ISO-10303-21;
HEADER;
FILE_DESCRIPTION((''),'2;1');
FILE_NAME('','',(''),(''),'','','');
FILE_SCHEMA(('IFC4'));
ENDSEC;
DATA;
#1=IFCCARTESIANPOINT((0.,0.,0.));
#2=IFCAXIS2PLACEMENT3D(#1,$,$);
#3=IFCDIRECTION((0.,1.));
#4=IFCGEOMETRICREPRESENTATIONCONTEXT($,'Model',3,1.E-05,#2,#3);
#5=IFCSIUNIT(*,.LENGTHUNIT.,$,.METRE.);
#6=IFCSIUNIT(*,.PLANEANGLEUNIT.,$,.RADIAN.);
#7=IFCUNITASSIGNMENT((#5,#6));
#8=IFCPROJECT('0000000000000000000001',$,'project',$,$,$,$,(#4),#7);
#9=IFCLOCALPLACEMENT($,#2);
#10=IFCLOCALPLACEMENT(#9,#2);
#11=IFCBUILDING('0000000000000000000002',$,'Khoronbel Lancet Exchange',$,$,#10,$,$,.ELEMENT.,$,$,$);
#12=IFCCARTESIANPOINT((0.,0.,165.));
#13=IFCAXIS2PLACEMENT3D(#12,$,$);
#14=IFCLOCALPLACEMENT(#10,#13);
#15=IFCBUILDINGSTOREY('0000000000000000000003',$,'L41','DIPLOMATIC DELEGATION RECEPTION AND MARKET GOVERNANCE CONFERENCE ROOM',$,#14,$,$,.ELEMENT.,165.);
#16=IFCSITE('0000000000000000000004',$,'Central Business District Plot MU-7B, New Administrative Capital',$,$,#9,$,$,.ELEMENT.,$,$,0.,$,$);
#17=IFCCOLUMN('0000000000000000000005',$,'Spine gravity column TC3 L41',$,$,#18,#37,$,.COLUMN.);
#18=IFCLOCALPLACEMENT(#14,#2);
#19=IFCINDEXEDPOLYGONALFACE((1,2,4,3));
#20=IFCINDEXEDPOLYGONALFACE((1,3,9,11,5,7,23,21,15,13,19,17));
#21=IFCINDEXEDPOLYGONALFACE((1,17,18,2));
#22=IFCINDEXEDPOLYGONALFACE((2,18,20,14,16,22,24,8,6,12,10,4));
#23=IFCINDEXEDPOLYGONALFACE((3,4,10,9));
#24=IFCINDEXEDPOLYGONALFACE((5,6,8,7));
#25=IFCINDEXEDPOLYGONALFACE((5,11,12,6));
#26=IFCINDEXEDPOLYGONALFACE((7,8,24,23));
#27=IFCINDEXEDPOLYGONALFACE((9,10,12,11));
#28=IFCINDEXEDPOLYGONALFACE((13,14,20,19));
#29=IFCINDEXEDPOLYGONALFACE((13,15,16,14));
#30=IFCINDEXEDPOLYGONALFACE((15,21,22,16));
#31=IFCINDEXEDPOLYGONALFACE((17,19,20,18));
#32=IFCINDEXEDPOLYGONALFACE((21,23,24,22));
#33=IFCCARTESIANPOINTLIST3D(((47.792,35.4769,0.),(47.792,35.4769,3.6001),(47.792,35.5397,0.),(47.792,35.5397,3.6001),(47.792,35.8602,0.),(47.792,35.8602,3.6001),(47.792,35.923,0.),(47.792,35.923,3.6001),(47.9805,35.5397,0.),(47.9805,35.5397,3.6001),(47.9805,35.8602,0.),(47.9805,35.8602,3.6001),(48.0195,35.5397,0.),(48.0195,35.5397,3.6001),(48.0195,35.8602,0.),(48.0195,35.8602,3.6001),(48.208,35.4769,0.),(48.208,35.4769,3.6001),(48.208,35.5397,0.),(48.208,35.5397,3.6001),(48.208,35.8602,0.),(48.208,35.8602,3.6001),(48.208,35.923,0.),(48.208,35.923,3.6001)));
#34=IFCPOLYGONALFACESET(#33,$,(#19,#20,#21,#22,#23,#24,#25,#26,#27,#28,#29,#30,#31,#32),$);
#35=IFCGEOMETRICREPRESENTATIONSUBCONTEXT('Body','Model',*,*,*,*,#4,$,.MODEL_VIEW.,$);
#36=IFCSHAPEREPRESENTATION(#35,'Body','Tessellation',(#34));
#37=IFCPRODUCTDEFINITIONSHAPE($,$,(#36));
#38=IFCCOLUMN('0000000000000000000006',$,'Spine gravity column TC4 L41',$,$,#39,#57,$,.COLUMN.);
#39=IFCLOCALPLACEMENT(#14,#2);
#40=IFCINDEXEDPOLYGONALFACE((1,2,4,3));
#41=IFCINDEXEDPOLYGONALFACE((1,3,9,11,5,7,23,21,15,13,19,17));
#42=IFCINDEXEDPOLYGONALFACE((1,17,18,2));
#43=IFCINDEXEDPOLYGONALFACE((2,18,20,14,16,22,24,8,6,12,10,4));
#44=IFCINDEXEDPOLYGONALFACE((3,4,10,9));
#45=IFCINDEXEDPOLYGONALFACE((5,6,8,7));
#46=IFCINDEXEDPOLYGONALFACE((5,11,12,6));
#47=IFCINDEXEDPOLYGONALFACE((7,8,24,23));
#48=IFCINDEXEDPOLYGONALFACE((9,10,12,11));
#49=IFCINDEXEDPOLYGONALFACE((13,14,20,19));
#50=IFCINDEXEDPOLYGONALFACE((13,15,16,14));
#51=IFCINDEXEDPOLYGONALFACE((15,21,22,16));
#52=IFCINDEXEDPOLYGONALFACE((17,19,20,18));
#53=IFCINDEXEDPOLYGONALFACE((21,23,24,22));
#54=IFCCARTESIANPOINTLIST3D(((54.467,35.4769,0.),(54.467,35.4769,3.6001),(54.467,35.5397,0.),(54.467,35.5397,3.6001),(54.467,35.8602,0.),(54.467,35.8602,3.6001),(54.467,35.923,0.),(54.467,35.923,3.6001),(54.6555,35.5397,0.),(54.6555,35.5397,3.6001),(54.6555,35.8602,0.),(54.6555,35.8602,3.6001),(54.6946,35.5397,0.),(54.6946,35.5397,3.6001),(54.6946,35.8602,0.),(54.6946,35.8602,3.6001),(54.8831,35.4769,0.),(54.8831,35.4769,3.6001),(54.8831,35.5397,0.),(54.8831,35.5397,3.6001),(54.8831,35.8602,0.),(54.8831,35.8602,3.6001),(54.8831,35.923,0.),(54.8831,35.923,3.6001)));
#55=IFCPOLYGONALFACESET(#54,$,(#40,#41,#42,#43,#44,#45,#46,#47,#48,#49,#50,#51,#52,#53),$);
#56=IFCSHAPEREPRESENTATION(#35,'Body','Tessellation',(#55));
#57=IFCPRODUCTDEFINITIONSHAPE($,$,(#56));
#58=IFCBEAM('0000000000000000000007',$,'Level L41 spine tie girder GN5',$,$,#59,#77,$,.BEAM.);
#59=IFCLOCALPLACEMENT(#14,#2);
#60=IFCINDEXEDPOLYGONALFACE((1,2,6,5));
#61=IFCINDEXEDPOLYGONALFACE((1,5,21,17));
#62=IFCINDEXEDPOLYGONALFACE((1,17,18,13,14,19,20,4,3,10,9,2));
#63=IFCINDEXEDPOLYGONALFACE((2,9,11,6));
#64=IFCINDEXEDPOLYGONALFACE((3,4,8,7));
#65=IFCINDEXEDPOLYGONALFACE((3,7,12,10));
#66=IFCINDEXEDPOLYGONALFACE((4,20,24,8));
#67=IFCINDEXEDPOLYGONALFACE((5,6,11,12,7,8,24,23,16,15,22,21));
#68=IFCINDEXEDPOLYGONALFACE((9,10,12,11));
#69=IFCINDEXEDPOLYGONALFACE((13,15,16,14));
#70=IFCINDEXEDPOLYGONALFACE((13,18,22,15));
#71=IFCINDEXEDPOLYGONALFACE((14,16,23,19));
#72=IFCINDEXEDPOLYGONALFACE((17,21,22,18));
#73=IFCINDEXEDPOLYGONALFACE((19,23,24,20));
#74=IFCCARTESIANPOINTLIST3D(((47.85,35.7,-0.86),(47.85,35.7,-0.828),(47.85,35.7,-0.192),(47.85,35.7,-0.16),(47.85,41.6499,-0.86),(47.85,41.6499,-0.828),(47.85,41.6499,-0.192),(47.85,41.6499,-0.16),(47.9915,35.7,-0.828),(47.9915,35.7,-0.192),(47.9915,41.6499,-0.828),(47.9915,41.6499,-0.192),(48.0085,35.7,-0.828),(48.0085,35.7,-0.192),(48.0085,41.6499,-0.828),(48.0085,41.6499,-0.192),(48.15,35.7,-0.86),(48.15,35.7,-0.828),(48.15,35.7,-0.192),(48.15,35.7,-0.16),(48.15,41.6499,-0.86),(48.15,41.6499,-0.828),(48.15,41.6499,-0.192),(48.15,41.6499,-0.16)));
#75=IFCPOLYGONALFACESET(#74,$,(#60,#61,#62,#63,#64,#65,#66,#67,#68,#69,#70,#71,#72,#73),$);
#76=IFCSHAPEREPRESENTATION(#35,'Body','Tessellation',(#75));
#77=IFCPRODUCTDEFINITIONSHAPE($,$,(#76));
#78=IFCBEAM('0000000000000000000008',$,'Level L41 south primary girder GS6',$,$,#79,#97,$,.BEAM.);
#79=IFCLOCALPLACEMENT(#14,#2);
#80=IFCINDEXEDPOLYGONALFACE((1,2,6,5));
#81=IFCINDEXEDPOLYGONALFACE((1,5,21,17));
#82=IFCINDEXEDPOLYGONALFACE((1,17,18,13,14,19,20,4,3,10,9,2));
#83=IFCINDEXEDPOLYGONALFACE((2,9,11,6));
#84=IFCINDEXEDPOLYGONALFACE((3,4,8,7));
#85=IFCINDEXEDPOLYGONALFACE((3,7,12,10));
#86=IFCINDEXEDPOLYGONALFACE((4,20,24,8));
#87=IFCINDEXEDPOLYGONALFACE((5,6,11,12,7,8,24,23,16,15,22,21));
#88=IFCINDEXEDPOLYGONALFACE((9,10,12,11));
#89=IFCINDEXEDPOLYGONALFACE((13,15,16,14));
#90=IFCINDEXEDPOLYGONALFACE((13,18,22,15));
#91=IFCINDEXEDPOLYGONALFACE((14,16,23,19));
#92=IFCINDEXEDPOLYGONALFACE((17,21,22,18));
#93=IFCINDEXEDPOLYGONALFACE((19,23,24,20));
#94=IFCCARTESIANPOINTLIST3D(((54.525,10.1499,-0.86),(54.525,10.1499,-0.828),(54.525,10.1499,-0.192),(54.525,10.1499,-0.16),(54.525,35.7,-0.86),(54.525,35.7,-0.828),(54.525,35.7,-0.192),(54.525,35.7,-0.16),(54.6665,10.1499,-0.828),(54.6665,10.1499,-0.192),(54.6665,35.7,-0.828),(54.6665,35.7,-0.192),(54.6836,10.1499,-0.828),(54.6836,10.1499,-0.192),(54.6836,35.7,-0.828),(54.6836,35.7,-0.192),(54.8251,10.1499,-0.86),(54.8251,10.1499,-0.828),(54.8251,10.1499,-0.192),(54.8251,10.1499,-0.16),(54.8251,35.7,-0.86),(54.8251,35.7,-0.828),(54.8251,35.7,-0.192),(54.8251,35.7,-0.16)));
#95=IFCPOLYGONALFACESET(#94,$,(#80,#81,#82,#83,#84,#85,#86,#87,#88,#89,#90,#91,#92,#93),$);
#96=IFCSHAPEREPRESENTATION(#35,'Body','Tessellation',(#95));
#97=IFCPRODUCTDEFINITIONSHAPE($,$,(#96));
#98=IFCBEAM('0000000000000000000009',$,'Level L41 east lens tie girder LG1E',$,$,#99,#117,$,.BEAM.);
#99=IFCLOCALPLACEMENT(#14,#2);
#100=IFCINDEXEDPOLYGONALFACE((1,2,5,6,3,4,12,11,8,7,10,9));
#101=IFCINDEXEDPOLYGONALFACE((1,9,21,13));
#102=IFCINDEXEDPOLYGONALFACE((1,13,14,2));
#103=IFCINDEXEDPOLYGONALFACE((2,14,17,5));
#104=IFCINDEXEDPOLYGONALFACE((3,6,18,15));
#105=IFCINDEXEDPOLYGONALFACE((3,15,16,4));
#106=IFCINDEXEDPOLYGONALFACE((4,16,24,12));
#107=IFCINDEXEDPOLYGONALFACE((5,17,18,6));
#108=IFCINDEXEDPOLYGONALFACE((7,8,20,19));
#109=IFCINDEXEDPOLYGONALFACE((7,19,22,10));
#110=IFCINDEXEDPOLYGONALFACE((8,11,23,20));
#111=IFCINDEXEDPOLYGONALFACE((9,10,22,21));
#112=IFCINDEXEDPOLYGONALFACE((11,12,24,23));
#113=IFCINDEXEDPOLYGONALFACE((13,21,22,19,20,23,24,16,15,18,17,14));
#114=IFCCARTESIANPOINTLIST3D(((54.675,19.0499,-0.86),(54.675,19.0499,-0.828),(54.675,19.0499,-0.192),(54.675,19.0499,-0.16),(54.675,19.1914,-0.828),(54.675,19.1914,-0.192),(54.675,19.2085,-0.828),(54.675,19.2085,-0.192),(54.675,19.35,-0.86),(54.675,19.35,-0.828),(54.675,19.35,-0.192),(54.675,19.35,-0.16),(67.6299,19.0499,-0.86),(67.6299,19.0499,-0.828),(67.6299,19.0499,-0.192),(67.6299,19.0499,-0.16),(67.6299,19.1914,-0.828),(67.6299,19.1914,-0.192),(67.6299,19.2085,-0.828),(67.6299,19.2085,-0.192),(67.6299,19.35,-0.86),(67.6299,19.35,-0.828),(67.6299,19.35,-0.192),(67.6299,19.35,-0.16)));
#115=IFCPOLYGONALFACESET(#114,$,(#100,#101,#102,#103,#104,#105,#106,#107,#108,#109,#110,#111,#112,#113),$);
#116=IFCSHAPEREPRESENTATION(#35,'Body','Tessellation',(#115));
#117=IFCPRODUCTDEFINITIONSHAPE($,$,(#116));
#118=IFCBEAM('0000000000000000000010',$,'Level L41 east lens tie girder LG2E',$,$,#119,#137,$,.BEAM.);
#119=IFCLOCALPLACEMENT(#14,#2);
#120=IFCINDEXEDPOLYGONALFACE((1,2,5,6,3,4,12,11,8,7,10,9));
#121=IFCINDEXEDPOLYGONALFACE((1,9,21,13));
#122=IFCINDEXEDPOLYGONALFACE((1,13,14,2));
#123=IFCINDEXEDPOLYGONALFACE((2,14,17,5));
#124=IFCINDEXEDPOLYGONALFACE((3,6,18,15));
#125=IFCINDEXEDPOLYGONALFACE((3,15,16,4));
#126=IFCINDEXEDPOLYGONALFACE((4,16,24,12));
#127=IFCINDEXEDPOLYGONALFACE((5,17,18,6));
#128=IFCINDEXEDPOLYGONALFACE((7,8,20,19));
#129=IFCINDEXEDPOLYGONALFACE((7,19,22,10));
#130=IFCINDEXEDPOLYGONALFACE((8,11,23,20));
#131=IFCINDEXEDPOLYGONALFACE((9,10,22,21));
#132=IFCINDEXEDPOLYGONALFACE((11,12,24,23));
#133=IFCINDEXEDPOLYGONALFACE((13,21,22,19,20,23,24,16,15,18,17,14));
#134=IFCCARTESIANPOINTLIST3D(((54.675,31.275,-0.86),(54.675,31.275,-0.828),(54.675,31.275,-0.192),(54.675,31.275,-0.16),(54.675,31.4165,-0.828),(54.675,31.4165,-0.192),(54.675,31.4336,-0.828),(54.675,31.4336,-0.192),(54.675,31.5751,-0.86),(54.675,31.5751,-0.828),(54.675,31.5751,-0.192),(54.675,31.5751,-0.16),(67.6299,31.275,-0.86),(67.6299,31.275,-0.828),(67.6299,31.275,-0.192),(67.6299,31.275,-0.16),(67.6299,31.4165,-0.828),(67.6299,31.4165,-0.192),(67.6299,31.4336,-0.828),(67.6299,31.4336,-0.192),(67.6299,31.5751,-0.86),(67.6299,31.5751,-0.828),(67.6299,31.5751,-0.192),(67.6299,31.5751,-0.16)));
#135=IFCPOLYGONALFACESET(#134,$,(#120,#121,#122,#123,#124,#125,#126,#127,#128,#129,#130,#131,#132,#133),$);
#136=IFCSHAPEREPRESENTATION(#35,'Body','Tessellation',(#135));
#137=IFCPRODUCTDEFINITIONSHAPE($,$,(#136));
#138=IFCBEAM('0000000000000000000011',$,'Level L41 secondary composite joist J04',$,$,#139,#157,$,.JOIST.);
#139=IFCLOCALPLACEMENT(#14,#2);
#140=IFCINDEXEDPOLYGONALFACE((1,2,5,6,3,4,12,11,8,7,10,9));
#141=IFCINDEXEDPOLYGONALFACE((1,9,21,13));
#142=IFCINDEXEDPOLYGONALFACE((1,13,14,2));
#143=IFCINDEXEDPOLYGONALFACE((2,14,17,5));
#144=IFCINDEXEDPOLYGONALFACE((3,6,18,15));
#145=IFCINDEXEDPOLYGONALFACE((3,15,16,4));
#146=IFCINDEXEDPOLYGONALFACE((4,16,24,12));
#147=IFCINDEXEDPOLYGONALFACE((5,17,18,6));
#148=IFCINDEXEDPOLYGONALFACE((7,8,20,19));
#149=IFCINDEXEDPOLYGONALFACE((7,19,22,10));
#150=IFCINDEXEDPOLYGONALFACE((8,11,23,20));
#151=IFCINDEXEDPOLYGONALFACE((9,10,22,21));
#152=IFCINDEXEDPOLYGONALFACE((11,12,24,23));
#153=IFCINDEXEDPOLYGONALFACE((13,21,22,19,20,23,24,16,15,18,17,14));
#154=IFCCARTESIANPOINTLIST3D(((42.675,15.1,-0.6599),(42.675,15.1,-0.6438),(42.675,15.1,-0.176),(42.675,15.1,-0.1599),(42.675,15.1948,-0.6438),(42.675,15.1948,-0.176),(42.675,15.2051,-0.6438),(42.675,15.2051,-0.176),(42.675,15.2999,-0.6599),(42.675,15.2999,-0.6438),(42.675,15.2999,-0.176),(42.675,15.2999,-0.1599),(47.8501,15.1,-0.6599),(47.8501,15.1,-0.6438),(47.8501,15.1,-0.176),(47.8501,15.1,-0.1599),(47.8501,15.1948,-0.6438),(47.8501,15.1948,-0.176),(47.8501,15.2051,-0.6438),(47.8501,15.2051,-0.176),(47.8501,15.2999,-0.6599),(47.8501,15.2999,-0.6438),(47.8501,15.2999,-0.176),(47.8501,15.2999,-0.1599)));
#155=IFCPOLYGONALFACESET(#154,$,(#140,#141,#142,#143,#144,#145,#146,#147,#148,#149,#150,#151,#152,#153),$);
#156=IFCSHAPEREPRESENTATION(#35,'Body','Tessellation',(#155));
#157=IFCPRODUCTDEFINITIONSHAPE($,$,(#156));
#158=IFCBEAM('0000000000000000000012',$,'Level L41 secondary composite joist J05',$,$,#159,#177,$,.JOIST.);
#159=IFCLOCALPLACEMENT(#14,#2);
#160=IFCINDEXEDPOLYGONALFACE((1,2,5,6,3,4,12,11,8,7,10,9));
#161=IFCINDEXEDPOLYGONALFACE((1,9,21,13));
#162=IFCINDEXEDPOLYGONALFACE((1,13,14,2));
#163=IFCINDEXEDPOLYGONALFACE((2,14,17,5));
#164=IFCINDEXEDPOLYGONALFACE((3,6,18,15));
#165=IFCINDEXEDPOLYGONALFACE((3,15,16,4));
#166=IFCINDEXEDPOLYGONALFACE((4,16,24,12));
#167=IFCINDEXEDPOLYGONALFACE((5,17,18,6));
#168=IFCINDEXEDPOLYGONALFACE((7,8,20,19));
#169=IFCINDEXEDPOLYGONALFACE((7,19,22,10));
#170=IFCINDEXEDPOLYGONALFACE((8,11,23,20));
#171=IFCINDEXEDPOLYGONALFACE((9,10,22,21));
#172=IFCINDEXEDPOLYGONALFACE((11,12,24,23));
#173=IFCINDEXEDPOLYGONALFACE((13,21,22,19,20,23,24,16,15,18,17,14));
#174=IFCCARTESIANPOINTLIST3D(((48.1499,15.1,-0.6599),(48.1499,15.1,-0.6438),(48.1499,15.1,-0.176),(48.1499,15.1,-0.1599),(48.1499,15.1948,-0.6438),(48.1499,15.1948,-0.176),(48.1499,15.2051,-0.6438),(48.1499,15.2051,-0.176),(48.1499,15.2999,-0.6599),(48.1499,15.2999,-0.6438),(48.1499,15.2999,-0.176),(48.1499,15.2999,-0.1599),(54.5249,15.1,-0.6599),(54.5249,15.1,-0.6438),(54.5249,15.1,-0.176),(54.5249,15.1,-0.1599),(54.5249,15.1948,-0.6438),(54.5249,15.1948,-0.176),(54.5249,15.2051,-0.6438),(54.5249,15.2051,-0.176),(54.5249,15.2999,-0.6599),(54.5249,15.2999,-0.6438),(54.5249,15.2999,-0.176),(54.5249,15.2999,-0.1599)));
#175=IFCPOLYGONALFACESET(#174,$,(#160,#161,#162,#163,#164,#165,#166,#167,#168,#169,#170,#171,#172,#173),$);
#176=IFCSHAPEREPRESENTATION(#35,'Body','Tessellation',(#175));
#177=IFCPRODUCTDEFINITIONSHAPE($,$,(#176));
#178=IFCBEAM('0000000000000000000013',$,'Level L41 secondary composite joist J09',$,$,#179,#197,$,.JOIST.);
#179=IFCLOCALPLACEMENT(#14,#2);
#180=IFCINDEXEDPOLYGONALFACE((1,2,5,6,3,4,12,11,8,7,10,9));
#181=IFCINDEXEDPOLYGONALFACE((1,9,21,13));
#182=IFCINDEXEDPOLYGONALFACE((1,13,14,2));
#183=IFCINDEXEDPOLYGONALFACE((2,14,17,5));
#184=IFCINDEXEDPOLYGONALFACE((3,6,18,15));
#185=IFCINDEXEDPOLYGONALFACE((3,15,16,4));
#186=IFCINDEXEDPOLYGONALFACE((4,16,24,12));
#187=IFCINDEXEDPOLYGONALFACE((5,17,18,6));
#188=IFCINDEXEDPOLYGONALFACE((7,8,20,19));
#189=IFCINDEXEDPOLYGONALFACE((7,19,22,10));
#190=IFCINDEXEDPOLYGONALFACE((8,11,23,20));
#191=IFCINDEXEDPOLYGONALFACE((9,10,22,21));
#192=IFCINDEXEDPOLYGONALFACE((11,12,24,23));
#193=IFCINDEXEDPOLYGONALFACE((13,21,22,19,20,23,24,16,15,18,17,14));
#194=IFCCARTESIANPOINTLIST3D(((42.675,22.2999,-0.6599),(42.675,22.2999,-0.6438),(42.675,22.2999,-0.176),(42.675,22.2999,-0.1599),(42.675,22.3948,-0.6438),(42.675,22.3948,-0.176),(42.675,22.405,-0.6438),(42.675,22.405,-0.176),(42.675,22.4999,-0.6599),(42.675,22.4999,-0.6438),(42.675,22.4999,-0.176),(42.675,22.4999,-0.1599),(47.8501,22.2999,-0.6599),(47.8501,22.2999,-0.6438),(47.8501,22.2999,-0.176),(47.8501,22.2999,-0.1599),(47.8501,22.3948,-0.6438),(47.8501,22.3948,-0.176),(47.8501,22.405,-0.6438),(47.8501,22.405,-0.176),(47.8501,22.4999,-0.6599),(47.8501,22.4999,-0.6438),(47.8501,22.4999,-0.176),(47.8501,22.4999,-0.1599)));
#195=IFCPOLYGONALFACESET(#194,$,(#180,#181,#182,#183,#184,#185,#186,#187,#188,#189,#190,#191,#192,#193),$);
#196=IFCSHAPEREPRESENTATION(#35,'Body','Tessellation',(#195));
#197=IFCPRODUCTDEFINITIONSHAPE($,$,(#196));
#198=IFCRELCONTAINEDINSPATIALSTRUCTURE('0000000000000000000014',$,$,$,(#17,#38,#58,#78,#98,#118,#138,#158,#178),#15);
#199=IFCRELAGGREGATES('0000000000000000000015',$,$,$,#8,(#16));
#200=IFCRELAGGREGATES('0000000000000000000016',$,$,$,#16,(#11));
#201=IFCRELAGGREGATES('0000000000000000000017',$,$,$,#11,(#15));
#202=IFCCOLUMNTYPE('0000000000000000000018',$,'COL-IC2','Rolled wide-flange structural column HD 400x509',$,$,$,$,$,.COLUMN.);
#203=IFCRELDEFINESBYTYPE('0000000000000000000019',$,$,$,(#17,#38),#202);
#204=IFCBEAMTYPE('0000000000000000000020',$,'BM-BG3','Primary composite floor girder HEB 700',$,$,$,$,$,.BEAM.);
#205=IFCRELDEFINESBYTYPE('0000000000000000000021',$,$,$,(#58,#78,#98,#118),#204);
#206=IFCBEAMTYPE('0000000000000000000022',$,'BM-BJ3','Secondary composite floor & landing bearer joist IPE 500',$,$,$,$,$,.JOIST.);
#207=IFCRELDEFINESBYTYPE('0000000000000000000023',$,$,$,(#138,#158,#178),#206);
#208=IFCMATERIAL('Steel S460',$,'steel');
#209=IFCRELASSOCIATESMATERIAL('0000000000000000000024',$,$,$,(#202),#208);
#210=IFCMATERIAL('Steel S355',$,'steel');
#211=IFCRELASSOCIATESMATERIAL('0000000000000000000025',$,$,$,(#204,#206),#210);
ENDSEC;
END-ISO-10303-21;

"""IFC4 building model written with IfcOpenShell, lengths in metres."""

from ifc_helpers import new_model, si_unit, direction, frame, origin, origin_2d, place, context, subcontext, project, spatial, i_section, extrude, material, material_profile, profile_set, type_object, element, save


model = new_model("IFC4")

# Units and contexts
model_context = context("Model", 3, precision=1e-05, world=origin(), true_north=direction((0.0, 1.0)))
body_context = subcontext(model_context, "Body", "Model", "MODEL_VIEW")
ifc_project = project(units=[si_unit("LENGTHUNIT", "METRE"), si_unit("PLANEANGLEUNIT", "RADIAN")], contexts=[model_context])

# Site, building, storey
site_placement = place(None, origin())
site = spatial("IfcSite", under=ifc_project, at=site_placement, Name="Central Business District Plot MU-7B, New Administrative Capital", CompositionType="ELEMENT", RefElevation=0.0)
building_placement = place(site_placement, origin())
building = spatial("IfcBuilding", under=site, at=building_placement, Name="Khoronbel Lancet Exchange", CompositionType="ELEMENT")
storey_placement = place(building_placement, frame((0.0, 0.0, 165.0)))
storey = spatial("IfcBuildingStorey", under=building, at=storey_placement, Name="L41", Description="DIPLOMATIC DELEGATION RECEPTION AND MARKET GOVERNANCE CONFERENCE ROOM", CompositionType="ELEMENT", Elevation=165.0)

# Columns
ifc_material_1 = material(Name="Steel S460", Category="steel")
ifc_material_profile_1 = material_profile(ifc_material_1, i_section(OverallWidth=0.416, OverallDepth=0.446, WebThickness=0.0391, FlangeThickness=0.0627, at=origin_2d()), Name="HD 400x509")
ifc_profile_set_1 = profile_set([ifc_material_profile_1], Name="Steel S460")
column_type = type_object("IfcColumnType", Name="COL-IC2", Description="Rolled wide-flange structural column HD 400x509", PredefinedType="COLUMN", material=ifc_profile_set_1)
for number, where, z_axis, x_axis, name in (
    (1, (48.0, 35.7, 0.0), (0.0, 0.0, 1.0), (1.0, 0.0, 0.0), "Spine gravity column TC3 L41"),
    (2, (54.675, 35.7, 0.0), (0.0, 0.0, 1.0), (1.0, 0.0, 0.0), "Spine gravity column TC4 L41"),
):
    element("IfcColumn", number, at=place(storey_placement, frame(where, z_axis=z_axis, x_axis=x_axis)), inside=storey, type_object=column_type, Name=name, PredefinedType="COLUMN", context=body_context, shape_type="SweptSolid", body=[
        extrude(i_section(OverallWidth=0.416, OverallDepth=0.446, WebThickness=0.0391, FlangeThickness=0.0627, at=origin_2d()), origin(), (0.0, 0.0, 1.0), 3.6001),
    ])

# Beams
ifc_material_2 = material(Name="Steel S355", Category="steel")
ifc_material_profile_2 = material_profile(ifc_material_2, i_section(OverallWidth=0.3, OverallDepth=0.7, WebThickness=0.0171, FlangeThickness=0.032, at=origin_2d()), Name="HEB 700")
ifc_profile_set_2 = profile_set([ifc_material_profile_2], Name="Steel S355")
beam_type_1 = type_object("IfcBeamType", Name="BM-BG3", Description="Primary composite floor girder HEB 700", PredefinedType="BEAM", material=ifc_profile_set_2)
beam_1_placement = place(storey_placement, frame((48.0, 35.7, -0.51), z_axis=(0.0, 1.0, 0.0), x_axis=(-1.0, 0.0, 0.0)))
element("IfcBeam", 3, at=beam_1_placement, inside=storey, type_object=beam_type_1, Name="Level L41 spine tie girder GN5", PredefinedType="BEAM", context=body_context, shape_type="SweptSolid", body=[
    extrude(i_section(OverallWidth=0.3, OverallDepth=0.7, WebThickness=0.0171, FlangeThickness=0.032, at=origin_2d()), origin(), (0.0, 0.0, 1.0), 5.95),
])
beam_2_placement = place(storey_placement, frame((54.675, 10.1499, -0.51), z_axis=(0.0, 1.0, 0.0), x_axis=(-1.0, 0.0, 0.0)))
element("IfcBeam", 4, at=beam_2_placement, inside=storey, type_object=beam_type_1, Name="Level L41 south primary girder GS6", PredefinedType="BEAM", context=body_context, shape_type="SweptSolid", body=[
    extrude(i_section(OverallWidth=0.3, OverallDepth=0.7, WebThickness=0.0171, FlangeThickness=0.032, at=origin_2d()), origin(), (0.0, 0.0, 1.0), 25.55),
])
for number, where, z_axis, x_axis, name in (
    (5, (54.675, 19.2, -0.51), (1.0, 0.0, 0.0), (0.0, 1.0, 0.0), "Level L41 east lens tie girder LG1E"),
    (6, (54.675, 31.425, -0.51), (1.0, 0.0, 0.0), (0.0, 1.0, 0.0), "Level L41 east lens tie girder LG2E"),
):
    element("IfcBeam", number, at=place(storey_placement, frame(where, z_axis=z_axis, x_axis=x_axis)), inside=storey, type_object=beam_type_1, Name=name, PredefinedType="BEAM", context=body_context, shape_type="SweptSolid", body=[
        extrude(i_section(OverallWidth=0.3, OverallDepth=0.7, WebThickness=0.0171, FlangeThickness=0.032, at=origin_2d()), origin(), (0.0, 0.0, 1.0), 12.9548),
    ])
ifc_material_profile_3 = material_profile(ifc_material_2, i_section(OverallWidth=0.2, OverallDepth=0.5, WebThickness=0.0103, FlangeThickness=0.0161, at=origin_2d()), Name="IPE 500")
ifc_profile_set_3 = profile_set([ifc_material_profile_3], Name="Steel S355")
beam_type_2 = type_object("IfcBeamType", Name="BM-BJ3", Description="Secondary composite floor & landing bearer joist IPE 500", PredefinedType="JOIST", material=ifc_profile_set_3)
beam_3_placement = place(storey_placement, frame((42.675, 15.2, -0.4099), z_axis=(1.0, 0.0, 0.0), x_axis=(0.0, 1.0, 0.0)))
element("IfcBeam", 7, at=beam_3_placement, inside=storey, type_object=beam_type_2, Name="Level L41 secondary composite joist J04", PredefinedType="JOIST", context=body_context, shape_type="SweptSolid", body=[
    extrude(i_section(OverallWidth=0.2, OverallDepth=0.5, WebThickness=0.0103, FlangeThickness=0.0161, at=origin_2d()), origin(), (0.0, 0.0, 1.0), 5.175),
])
beam_4_placement = place(storey_placement, frame((48.1499, 15.2, -0.4099), z_axis=(1.0, 0.0, 0.0), x_axis=(0.0, 1.0, 0.0)))
element("IfcBeam", 8, at=beam_4_placement, inside=storey, type_object=beam_type_2, Name="Level L41 secondary composite joist J05", PredefinedType="JOIST", context=body_context, shape_type="SweptSolid", body=[
    extrude(i_section(OverallWidth=0.2, OverallDepth=0.5, WebThickness=0.0103, FlangeThickness=0.0161, at=origin_2d()), origin(), (0.0, 0.0, 1.0), 6.375),
])
beam_5_placement = place(storey_placement, frame((42.675, 22.3999, -0.4099), z_axis=(1.0, 0.0, 0.0), x_axis=(0.0, 1.0, 0.0)))
element("IfcBeam", 9, at=beam_5_placement, inside=storey, type_object=beam_type_2, Name="Level L41 secondary composite joist J09", PredefinedType="JOIST", context=body_context, shape_type="SweptSolid", body=[
    extrude(i_section(OverallWidth=0.2, OverallDepth=0.5, WebThickness=0.0103, FlangeThickness=0.0161, at=origin_2d()), origin(), (0.0, 0.0, 1.0), 5.175),
])

save(model, "model.ifc")
